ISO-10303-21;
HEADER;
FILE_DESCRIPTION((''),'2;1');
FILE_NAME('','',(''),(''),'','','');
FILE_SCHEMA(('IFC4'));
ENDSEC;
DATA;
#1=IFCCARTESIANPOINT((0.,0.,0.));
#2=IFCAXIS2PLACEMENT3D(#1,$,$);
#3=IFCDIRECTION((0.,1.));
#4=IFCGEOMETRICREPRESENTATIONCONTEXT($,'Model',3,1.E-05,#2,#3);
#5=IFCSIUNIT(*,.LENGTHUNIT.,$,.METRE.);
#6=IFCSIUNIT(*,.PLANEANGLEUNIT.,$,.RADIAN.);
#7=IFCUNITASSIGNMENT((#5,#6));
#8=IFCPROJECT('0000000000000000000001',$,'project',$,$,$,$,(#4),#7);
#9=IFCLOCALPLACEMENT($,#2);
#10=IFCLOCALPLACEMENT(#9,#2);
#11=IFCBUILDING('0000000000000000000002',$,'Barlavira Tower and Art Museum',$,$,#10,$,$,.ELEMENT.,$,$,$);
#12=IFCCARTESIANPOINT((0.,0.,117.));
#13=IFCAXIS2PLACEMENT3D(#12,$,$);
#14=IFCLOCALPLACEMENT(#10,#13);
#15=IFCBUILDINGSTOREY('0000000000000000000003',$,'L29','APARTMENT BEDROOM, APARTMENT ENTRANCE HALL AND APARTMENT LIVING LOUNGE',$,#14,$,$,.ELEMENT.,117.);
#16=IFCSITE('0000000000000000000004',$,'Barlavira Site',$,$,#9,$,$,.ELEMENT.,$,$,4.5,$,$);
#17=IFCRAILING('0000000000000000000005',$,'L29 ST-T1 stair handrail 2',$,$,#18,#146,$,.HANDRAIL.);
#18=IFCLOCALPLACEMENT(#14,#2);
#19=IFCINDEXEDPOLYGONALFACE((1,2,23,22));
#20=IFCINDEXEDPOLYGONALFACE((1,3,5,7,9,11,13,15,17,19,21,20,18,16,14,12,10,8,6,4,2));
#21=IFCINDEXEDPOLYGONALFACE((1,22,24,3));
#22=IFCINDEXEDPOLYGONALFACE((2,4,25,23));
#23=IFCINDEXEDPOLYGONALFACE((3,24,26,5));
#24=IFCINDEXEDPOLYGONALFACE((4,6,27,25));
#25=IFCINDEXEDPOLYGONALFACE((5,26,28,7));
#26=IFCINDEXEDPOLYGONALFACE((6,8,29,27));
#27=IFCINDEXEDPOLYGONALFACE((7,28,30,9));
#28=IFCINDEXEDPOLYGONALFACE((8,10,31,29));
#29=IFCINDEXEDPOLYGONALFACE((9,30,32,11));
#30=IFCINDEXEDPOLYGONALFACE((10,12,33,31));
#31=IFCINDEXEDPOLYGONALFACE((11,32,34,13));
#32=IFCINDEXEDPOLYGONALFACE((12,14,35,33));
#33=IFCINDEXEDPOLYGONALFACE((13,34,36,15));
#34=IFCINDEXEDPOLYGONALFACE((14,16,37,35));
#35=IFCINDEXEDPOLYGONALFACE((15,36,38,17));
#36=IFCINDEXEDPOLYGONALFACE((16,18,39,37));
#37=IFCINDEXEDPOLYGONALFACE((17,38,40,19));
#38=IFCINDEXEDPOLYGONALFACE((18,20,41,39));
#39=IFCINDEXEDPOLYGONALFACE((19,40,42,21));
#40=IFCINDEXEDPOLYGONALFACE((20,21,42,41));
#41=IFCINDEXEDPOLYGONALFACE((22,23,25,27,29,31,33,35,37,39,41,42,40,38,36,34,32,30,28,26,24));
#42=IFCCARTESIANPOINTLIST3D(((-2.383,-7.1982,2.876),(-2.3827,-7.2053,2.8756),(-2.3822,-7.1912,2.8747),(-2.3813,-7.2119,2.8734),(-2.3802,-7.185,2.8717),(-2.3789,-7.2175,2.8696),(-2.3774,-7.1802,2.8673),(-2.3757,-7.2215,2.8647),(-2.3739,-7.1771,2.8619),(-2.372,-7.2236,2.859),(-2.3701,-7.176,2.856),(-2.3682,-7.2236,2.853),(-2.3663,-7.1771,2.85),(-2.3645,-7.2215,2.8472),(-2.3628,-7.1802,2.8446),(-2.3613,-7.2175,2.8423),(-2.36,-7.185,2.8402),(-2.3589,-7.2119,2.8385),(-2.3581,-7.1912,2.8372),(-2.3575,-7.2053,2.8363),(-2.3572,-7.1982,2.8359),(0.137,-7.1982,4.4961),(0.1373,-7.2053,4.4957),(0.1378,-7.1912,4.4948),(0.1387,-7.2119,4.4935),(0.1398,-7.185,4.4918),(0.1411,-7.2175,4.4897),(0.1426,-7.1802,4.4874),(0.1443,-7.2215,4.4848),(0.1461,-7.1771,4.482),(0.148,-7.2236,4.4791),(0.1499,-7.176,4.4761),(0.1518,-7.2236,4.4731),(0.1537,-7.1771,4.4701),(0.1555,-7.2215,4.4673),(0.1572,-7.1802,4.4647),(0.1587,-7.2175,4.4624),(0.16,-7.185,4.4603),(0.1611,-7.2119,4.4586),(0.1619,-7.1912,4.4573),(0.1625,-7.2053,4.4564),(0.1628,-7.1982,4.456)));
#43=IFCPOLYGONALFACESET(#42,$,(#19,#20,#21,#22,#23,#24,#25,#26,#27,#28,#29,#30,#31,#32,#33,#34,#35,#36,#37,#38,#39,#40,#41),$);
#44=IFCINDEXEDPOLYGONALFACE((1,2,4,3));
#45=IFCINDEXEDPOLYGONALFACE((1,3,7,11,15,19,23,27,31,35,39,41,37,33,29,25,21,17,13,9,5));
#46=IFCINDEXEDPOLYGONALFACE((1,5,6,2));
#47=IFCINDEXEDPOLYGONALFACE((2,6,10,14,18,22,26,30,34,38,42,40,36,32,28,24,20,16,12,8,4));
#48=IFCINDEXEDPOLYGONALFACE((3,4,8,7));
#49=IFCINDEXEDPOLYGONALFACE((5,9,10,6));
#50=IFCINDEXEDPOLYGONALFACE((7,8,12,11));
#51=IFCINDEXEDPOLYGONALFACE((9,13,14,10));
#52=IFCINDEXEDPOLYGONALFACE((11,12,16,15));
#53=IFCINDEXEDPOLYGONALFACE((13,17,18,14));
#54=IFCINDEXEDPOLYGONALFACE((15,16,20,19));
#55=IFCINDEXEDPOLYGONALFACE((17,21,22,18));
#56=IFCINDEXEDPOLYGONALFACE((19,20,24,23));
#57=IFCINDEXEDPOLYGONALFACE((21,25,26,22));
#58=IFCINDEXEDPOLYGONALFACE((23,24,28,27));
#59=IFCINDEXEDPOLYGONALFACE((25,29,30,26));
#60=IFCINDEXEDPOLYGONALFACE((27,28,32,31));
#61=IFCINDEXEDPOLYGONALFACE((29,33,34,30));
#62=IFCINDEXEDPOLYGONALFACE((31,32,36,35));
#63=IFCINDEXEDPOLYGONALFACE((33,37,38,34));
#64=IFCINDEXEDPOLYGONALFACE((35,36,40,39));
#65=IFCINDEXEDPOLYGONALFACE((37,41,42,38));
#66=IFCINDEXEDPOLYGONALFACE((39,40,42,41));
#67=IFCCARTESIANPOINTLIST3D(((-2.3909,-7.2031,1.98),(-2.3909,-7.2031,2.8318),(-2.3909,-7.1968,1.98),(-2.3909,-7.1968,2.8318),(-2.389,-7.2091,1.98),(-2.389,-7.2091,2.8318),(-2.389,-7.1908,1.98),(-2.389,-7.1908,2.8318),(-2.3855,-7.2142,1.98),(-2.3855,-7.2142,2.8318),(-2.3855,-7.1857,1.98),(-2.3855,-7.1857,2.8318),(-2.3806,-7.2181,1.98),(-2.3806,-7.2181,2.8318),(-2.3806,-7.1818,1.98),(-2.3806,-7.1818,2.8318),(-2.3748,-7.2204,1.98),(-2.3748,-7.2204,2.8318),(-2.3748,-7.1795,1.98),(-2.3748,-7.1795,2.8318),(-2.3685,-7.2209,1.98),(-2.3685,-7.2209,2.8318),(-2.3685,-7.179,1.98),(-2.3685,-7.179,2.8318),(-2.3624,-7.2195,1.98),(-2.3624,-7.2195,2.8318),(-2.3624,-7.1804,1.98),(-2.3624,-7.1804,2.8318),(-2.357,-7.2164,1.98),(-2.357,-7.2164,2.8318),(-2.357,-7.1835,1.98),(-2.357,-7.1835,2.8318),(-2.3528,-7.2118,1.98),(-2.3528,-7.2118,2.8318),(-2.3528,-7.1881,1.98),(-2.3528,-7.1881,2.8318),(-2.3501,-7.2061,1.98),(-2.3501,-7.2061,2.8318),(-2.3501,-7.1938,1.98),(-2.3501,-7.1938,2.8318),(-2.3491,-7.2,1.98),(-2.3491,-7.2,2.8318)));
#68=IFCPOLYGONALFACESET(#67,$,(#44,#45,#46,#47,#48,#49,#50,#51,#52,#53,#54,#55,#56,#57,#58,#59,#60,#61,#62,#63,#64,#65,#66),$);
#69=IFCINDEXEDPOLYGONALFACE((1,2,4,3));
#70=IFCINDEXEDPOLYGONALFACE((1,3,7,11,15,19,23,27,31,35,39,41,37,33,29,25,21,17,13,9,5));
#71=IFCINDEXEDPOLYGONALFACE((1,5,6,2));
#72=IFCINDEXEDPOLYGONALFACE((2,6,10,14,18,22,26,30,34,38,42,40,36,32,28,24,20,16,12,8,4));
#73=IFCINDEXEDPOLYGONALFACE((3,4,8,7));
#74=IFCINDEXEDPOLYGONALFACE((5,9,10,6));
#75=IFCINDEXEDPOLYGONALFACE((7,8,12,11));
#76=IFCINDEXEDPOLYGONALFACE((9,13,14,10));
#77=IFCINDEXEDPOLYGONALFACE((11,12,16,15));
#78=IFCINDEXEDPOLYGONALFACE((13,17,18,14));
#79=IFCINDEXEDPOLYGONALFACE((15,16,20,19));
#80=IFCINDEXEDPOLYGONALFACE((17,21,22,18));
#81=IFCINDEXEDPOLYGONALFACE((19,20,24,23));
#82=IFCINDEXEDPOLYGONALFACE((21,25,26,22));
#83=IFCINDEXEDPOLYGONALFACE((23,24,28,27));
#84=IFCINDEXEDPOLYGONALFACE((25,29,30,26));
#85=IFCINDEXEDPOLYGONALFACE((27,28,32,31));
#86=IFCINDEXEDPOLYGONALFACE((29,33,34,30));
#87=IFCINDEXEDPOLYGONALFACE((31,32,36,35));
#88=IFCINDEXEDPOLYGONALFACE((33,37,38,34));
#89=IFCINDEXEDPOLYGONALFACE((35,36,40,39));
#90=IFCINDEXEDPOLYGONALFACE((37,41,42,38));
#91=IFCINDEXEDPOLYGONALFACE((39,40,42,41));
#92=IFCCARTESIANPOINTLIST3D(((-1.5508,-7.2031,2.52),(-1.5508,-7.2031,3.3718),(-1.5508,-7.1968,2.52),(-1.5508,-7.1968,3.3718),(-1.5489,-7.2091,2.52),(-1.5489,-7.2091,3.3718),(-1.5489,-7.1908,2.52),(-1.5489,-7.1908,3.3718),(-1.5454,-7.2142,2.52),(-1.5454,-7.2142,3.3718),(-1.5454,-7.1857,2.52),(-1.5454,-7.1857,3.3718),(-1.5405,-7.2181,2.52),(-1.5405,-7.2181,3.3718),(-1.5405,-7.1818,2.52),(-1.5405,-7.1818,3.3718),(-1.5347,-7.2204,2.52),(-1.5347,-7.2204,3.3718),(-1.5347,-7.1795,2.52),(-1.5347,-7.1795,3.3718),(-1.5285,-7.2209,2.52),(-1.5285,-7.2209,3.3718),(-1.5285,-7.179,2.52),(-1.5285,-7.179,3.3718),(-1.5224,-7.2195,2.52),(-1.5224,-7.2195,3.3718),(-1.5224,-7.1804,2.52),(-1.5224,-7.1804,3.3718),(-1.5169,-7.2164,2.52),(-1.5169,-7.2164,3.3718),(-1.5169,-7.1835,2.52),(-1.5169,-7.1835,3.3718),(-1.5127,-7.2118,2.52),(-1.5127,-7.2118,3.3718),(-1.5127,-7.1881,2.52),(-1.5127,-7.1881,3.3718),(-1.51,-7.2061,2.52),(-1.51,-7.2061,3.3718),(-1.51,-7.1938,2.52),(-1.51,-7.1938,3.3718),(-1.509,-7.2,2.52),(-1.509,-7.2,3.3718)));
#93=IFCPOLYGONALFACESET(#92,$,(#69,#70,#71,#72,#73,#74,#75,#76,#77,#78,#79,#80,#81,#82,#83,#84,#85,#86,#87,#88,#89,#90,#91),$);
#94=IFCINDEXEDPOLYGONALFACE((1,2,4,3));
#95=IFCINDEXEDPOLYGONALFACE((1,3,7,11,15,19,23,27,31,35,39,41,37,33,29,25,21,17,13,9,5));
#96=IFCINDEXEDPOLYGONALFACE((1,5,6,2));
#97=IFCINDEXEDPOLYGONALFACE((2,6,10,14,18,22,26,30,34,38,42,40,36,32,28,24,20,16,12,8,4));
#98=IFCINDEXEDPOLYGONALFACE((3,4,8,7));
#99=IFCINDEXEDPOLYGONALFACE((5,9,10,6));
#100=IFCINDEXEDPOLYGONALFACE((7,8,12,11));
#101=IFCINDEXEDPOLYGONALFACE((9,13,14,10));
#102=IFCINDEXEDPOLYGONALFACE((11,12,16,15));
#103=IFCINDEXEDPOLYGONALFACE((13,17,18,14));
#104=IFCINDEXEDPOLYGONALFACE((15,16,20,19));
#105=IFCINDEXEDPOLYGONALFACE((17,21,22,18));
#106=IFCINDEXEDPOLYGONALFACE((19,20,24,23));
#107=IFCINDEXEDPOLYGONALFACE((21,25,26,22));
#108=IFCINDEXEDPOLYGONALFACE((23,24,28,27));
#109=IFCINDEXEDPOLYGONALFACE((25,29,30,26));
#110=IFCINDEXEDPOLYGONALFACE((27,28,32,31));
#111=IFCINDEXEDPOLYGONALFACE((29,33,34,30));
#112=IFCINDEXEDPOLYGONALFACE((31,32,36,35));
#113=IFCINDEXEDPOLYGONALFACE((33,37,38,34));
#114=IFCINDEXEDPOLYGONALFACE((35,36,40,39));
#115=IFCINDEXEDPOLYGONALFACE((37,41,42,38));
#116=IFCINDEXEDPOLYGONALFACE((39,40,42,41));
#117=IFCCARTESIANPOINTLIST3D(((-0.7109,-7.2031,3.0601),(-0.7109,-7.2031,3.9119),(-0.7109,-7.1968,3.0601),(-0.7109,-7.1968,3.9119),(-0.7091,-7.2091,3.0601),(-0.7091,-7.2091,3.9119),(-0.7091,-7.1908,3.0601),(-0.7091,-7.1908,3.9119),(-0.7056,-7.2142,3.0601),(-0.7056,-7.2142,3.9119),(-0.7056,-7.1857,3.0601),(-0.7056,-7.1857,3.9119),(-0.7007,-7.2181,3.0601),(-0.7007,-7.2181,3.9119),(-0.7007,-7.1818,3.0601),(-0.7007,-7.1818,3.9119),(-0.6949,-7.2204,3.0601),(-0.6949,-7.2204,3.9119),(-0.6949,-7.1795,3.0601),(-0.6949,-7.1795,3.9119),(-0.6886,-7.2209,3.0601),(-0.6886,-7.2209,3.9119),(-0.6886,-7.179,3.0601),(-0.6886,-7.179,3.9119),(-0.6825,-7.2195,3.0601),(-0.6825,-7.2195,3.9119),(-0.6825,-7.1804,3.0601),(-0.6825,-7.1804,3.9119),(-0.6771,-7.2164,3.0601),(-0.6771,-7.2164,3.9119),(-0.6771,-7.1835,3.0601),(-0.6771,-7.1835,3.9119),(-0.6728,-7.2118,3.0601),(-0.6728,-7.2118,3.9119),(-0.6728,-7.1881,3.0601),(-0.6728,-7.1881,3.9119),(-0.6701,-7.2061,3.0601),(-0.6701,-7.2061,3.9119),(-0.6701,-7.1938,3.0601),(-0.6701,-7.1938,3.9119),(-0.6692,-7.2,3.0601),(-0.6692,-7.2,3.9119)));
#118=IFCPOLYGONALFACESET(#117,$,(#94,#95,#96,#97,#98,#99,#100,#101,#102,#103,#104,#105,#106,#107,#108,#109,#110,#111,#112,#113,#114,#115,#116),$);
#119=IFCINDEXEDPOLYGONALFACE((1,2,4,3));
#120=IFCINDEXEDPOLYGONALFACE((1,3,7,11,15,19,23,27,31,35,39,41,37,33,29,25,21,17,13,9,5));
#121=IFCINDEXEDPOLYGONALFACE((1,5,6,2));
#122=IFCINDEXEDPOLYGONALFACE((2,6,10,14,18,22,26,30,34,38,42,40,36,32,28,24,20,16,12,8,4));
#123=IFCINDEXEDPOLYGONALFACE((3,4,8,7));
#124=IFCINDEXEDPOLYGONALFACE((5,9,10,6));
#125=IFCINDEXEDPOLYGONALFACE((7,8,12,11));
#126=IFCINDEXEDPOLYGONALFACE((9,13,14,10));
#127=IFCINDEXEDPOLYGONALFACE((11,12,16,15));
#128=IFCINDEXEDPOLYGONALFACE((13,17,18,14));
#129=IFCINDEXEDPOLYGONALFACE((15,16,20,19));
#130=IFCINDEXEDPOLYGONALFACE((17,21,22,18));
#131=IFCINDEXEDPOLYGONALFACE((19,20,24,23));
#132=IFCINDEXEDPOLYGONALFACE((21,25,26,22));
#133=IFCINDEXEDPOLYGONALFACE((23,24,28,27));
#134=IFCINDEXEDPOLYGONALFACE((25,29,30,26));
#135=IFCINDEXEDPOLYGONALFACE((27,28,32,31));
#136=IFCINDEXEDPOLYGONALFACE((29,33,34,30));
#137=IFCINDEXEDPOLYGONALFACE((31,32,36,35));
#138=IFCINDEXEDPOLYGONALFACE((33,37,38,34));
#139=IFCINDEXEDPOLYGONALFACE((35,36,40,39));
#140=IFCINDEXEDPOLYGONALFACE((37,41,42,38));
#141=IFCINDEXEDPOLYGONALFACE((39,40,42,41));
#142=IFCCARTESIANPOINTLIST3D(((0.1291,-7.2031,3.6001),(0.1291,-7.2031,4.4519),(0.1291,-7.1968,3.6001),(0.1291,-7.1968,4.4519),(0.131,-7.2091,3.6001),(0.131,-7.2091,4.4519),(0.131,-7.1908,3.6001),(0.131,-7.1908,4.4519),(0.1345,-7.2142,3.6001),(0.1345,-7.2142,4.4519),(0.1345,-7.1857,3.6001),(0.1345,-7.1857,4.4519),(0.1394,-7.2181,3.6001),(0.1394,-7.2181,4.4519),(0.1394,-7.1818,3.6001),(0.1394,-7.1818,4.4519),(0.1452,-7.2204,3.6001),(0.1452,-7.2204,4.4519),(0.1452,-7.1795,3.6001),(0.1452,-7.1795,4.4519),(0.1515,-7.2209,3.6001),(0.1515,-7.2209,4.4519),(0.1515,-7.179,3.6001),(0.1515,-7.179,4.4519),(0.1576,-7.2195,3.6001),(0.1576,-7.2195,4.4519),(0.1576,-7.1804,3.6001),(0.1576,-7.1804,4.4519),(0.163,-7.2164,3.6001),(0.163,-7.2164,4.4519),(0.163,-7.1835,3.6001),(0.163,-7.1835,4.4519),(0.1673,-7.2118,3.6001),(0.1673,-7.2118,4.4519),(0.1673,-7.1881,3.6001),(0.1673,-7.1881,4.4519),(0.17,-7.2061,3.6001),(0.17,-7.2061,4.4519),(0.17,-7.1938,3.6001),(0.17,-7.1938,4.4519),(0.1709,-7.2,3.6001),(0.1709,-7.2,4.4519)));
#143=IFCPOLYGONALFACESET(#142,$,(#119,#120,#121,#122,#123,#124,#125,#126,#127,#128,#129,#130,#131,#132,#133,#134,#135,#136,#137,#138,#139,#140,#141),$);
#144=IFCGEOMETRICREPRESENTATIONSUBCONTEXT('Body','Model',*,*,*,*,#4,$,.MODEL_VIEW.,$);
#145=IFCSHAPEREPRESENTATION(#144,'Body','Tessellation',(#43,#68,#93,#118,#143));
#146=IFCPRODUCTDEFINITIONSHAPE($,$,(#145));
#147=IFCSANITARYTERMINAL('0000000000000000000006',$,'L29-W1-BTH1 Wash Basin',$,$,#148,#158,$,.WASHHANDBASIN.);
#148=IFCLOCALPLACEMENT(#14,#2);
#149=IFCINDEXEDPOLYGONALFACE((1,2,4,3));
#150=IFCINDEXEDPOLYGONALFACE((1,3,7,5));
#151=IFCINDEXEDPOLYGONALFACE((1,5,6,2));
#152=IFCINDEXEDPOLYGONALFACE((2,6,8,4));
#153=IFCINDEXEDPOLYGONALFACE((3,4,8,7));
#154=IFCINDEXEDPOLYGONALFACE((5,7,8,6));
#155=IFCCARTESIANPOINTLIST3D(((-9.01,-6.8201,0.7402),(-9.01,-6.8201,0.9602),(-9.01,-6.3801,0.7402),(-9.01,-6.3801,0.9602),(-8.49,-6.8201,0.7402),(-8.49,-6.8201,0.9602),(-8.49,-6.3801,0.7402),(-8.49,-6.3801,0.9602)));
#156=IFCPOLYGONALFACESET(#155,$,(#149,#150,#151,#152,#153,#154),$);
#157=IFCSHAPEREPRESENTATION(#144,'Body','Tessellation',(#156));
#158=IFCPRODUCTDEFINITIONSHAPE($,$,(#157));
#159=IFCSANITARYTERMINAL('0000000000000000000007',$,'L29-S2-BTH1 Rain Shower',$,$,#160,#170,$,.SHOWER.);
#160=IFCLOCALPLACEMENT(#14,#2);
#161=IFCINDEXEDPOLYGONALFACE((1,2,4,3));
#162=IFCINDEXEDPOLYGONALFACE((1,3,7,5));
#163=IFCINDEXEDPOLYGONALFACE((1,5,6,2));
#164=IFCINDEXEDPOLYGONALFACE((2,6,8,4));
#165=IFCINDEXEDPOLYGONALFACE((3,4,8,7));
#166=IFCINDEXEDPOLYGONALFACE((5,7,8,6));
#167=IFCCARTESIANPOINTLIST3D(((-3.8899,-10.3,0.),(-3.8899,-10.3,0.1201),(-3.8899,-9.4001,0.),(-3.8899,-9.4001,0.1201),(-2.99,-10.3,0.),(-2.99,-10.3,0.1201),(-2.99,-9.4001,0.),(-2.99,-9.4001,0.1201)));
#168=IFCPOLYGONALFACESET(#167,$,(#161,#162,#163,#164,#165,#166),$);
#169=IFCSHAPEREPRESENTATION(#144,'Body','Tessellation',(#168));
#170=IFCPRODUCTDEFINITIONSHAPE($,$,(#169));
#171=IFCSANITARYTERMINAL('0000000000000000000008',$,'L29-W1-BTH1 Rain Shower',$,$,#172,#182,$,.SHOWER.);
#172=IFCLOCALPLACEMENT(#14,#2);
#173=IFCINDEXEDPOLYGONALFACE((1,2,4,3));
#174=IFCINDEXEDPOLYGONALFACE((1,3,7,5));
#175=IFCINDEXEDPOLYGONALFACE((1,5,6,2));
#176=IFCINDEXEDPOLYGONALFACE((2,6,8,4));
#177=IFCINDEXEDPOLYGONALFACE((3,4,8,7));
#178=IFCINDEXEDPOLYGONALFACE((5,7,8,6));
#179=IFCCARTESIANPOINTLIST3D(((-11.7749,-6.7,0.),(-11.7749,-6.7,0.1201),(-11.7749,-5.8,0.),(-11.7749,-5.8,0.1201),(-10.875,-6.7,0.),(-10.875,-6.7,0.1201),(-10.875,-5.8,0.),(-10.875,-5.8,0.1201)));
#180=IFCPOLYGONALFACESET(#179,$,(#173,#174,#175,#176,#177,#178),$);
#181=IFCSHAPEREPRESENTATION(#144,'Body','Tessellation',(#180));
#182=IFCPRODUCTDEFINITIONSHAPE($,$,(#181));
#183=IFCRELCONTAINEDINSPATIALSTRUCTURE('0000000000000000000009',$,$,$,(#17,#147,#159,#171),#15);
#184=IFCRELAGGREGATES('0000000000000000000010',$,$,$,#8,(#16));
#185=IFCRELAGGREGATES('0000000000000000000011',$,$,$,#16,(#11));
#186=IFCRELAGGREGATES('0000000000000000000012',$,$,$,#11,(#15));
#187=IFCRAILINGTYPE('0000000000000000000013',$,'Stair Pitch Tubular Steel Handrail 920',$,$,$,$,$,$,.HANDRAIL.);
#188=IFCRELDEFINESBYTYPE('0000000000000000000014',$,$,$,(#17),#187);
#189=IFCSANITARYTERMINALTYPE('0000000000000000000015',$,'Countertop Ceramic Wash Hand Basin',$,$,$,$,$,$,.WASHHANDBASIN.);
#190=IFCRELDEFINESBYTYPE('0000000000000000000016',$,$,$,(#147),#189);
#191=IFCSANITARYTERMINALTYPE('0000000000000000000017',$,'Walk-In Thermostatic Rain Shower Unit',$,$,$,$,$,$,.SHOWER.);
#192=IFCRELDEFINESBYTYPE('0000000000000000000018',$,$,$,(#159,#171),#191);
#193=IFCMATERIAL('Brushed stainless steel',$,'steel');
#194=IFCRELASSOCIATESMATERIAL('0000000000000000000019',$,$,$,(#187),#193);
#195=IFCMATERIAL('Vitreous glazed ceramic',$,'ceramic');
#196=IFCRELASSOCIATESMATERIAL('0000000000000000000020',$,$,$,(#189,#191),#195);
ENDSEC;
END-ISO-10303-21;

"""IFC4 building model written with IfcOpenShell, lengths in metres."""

from ifc_helpers import new_model, si_unit, direction, frame, origin, origin_2d, place, context, subcontext, project, spatial, rectangle, circle, extrude, material, type_object, element, save


model = new_model("IFC4")

# Units and contexts
model_context = context("Model", 3, precision=1e-05, world=origin(), true_north=direction((0.0, 1.0)))
body_context = subcontext(model_context, "Body", "Model", "MODEL_VIEW")
ifc_project = project(units=[si_unit("LENGTHUNIT", "METRE"), si_unit("PLANEANGLEUNIT", "RADIAN")], contexts=[model_context])

# Site, building, storey
site_placement = place(None, origin())
site = spatial("IfcSite", under=ifc_project, at=site_placement, Name="Barlavira Site", CompositionType="ELEMENT", RefElevation=4.5)
building_placement = place(site_placement, origin())
building = spatial("IfcBuilding", under=site, at=building_placement, Name="Barlavira Tower and Art Museum", CompositionType="ELEMENT")
storey_placement = place(building_placement, frame((0.0, 0.0, 117.0)))
storey = spatial("IfcBuildingStorey", under=building, at=storey_placement, Name="L29", Description="APARTMENT BEDROOM, APARTMENT ENTRANCE HALL AND APARTMENT LIVING LOUNGE", CompositionType="ELEMENT", Elevation=117.0)

# Shared definitions
ifc_material_1 = material(Name="Brushed stainless steel", Category="steel")

# Railing
railing_type_1 = type_object("IfcRailingType", Name="Stair Pitch Tubular Steel Handrail 920", PredefinedType="HANDRAIL", material=ifc_material_1)
railing_1_placement = place(storey_placement, frame((-2.3701, -7.2, 1.98)))
element("IfcRailing", 1, at=railing_1_placement, inside=storey, type_object=railing_type_1, Name="L29 ST-T1 stair handrail 2", PredefinedType="HANDRAIL", context=body_context, shape_type="SweptSolid", body=[
    extrude(circle(Radius=0.0239, at=origin_2d()), frame((0.0, 0.0, 0.876), z_axis=(0.841163, 0.0, 0.540782), x_axis=(0.0, 1.0, 0.0)), (0.0, 0.0, 1.0), 2.9958),
    extrude(circle(Radius=0.021, at=origin_2d()), origin(), (0.0, 0.0, 1.0), 0.8518),
    extrude(circle(Radius=0.021, at=origin_2d()), frame((0.8401, 0.0, 0.54)), (0.0, 0.0, 1.0), 0.8518),
    extrude(circle(Radius=0.021, at=origin_2d()), frame((1.6799, 0.0, 1.0801)), (0.0, 0.0, 1.0), 0.8518),
    extrude(circle(Radius=0.021, at=origin_2d()), frame((2.52, 0.0, 1.6201)), (0.0, 0.0, 1.0), 0.8518),
])

# Sanitary terminals
ifc_material_2 = material(Name="Vitreous glazed ceramic", Category="ceramic")
sanitary_terminal_type_1 = type_object("IfcSanitaryTerminalType", Name="Countertop Ceramic Wash Hand Basin", PredefinedType="WASHHANDBASIN", material=ifc_material_2)
sanitary_terminal_placement = place(storey_placement, frame((-8.75, -6.6001, 0.7402), z_axis=(0.0, 0.0, 1.0), x_axis=(1.0, 0.0, 0.0)))
element("IfcSanitaryTerminal", 2, at=sanitary_terminal_placement, inside=storey, type_object=sanitary_terminal_type_1, Name="L29-W1-BTH1 Wash Basin", PredefinedType="WASHHANDBASIN", context=body_context, shape_type="SweptSolid", body=[
    extrude(rectangle(XDim=0.52, YDim=0.4399, at=origin_2d()), origin(), (0.0, 0.0, 1.0), 0.22),
])
sanitary_terminal_type_2 = type_object("IfcSanitaryTerminalType", Name="Walk-In Thermostatic Rain Shower Unit", PredefinedType="SHOWER", material=ifc_material_2)
for number, where, z_axis, x_axis, name in (
    (3, (-3.4399, -9.8501, 0.0), (0.0, 0.0, 1.0), (1.0, 0.0, 0.0), "L29-S2-BTH1 Rain Shower"),
    (4, (-11.325, -6.25, 0.0), (0.0, 0.0, 1.0), (1.0, 0.0, 0.0), "L29-W1-BTH1 Rain Shower"),
):
    element("IfcSanitaryTerminal", number, at=place(storey_placement, frame(where, z_axis=z_axis, x_axis=x_axis)), inside=storey, type_object=sanitary_terminal_type_2, Name=name, PredefinedType="SHOWER", context=body_context, shape_type="SweptSolid", body=[
        extrude(rectangle(XDim=0.8999, YDim=0.8999, at=origin_2d()), origin(), (0.0, 0.0, 1.0), 0.1201),
    ])

save(model, "model.ifc")
